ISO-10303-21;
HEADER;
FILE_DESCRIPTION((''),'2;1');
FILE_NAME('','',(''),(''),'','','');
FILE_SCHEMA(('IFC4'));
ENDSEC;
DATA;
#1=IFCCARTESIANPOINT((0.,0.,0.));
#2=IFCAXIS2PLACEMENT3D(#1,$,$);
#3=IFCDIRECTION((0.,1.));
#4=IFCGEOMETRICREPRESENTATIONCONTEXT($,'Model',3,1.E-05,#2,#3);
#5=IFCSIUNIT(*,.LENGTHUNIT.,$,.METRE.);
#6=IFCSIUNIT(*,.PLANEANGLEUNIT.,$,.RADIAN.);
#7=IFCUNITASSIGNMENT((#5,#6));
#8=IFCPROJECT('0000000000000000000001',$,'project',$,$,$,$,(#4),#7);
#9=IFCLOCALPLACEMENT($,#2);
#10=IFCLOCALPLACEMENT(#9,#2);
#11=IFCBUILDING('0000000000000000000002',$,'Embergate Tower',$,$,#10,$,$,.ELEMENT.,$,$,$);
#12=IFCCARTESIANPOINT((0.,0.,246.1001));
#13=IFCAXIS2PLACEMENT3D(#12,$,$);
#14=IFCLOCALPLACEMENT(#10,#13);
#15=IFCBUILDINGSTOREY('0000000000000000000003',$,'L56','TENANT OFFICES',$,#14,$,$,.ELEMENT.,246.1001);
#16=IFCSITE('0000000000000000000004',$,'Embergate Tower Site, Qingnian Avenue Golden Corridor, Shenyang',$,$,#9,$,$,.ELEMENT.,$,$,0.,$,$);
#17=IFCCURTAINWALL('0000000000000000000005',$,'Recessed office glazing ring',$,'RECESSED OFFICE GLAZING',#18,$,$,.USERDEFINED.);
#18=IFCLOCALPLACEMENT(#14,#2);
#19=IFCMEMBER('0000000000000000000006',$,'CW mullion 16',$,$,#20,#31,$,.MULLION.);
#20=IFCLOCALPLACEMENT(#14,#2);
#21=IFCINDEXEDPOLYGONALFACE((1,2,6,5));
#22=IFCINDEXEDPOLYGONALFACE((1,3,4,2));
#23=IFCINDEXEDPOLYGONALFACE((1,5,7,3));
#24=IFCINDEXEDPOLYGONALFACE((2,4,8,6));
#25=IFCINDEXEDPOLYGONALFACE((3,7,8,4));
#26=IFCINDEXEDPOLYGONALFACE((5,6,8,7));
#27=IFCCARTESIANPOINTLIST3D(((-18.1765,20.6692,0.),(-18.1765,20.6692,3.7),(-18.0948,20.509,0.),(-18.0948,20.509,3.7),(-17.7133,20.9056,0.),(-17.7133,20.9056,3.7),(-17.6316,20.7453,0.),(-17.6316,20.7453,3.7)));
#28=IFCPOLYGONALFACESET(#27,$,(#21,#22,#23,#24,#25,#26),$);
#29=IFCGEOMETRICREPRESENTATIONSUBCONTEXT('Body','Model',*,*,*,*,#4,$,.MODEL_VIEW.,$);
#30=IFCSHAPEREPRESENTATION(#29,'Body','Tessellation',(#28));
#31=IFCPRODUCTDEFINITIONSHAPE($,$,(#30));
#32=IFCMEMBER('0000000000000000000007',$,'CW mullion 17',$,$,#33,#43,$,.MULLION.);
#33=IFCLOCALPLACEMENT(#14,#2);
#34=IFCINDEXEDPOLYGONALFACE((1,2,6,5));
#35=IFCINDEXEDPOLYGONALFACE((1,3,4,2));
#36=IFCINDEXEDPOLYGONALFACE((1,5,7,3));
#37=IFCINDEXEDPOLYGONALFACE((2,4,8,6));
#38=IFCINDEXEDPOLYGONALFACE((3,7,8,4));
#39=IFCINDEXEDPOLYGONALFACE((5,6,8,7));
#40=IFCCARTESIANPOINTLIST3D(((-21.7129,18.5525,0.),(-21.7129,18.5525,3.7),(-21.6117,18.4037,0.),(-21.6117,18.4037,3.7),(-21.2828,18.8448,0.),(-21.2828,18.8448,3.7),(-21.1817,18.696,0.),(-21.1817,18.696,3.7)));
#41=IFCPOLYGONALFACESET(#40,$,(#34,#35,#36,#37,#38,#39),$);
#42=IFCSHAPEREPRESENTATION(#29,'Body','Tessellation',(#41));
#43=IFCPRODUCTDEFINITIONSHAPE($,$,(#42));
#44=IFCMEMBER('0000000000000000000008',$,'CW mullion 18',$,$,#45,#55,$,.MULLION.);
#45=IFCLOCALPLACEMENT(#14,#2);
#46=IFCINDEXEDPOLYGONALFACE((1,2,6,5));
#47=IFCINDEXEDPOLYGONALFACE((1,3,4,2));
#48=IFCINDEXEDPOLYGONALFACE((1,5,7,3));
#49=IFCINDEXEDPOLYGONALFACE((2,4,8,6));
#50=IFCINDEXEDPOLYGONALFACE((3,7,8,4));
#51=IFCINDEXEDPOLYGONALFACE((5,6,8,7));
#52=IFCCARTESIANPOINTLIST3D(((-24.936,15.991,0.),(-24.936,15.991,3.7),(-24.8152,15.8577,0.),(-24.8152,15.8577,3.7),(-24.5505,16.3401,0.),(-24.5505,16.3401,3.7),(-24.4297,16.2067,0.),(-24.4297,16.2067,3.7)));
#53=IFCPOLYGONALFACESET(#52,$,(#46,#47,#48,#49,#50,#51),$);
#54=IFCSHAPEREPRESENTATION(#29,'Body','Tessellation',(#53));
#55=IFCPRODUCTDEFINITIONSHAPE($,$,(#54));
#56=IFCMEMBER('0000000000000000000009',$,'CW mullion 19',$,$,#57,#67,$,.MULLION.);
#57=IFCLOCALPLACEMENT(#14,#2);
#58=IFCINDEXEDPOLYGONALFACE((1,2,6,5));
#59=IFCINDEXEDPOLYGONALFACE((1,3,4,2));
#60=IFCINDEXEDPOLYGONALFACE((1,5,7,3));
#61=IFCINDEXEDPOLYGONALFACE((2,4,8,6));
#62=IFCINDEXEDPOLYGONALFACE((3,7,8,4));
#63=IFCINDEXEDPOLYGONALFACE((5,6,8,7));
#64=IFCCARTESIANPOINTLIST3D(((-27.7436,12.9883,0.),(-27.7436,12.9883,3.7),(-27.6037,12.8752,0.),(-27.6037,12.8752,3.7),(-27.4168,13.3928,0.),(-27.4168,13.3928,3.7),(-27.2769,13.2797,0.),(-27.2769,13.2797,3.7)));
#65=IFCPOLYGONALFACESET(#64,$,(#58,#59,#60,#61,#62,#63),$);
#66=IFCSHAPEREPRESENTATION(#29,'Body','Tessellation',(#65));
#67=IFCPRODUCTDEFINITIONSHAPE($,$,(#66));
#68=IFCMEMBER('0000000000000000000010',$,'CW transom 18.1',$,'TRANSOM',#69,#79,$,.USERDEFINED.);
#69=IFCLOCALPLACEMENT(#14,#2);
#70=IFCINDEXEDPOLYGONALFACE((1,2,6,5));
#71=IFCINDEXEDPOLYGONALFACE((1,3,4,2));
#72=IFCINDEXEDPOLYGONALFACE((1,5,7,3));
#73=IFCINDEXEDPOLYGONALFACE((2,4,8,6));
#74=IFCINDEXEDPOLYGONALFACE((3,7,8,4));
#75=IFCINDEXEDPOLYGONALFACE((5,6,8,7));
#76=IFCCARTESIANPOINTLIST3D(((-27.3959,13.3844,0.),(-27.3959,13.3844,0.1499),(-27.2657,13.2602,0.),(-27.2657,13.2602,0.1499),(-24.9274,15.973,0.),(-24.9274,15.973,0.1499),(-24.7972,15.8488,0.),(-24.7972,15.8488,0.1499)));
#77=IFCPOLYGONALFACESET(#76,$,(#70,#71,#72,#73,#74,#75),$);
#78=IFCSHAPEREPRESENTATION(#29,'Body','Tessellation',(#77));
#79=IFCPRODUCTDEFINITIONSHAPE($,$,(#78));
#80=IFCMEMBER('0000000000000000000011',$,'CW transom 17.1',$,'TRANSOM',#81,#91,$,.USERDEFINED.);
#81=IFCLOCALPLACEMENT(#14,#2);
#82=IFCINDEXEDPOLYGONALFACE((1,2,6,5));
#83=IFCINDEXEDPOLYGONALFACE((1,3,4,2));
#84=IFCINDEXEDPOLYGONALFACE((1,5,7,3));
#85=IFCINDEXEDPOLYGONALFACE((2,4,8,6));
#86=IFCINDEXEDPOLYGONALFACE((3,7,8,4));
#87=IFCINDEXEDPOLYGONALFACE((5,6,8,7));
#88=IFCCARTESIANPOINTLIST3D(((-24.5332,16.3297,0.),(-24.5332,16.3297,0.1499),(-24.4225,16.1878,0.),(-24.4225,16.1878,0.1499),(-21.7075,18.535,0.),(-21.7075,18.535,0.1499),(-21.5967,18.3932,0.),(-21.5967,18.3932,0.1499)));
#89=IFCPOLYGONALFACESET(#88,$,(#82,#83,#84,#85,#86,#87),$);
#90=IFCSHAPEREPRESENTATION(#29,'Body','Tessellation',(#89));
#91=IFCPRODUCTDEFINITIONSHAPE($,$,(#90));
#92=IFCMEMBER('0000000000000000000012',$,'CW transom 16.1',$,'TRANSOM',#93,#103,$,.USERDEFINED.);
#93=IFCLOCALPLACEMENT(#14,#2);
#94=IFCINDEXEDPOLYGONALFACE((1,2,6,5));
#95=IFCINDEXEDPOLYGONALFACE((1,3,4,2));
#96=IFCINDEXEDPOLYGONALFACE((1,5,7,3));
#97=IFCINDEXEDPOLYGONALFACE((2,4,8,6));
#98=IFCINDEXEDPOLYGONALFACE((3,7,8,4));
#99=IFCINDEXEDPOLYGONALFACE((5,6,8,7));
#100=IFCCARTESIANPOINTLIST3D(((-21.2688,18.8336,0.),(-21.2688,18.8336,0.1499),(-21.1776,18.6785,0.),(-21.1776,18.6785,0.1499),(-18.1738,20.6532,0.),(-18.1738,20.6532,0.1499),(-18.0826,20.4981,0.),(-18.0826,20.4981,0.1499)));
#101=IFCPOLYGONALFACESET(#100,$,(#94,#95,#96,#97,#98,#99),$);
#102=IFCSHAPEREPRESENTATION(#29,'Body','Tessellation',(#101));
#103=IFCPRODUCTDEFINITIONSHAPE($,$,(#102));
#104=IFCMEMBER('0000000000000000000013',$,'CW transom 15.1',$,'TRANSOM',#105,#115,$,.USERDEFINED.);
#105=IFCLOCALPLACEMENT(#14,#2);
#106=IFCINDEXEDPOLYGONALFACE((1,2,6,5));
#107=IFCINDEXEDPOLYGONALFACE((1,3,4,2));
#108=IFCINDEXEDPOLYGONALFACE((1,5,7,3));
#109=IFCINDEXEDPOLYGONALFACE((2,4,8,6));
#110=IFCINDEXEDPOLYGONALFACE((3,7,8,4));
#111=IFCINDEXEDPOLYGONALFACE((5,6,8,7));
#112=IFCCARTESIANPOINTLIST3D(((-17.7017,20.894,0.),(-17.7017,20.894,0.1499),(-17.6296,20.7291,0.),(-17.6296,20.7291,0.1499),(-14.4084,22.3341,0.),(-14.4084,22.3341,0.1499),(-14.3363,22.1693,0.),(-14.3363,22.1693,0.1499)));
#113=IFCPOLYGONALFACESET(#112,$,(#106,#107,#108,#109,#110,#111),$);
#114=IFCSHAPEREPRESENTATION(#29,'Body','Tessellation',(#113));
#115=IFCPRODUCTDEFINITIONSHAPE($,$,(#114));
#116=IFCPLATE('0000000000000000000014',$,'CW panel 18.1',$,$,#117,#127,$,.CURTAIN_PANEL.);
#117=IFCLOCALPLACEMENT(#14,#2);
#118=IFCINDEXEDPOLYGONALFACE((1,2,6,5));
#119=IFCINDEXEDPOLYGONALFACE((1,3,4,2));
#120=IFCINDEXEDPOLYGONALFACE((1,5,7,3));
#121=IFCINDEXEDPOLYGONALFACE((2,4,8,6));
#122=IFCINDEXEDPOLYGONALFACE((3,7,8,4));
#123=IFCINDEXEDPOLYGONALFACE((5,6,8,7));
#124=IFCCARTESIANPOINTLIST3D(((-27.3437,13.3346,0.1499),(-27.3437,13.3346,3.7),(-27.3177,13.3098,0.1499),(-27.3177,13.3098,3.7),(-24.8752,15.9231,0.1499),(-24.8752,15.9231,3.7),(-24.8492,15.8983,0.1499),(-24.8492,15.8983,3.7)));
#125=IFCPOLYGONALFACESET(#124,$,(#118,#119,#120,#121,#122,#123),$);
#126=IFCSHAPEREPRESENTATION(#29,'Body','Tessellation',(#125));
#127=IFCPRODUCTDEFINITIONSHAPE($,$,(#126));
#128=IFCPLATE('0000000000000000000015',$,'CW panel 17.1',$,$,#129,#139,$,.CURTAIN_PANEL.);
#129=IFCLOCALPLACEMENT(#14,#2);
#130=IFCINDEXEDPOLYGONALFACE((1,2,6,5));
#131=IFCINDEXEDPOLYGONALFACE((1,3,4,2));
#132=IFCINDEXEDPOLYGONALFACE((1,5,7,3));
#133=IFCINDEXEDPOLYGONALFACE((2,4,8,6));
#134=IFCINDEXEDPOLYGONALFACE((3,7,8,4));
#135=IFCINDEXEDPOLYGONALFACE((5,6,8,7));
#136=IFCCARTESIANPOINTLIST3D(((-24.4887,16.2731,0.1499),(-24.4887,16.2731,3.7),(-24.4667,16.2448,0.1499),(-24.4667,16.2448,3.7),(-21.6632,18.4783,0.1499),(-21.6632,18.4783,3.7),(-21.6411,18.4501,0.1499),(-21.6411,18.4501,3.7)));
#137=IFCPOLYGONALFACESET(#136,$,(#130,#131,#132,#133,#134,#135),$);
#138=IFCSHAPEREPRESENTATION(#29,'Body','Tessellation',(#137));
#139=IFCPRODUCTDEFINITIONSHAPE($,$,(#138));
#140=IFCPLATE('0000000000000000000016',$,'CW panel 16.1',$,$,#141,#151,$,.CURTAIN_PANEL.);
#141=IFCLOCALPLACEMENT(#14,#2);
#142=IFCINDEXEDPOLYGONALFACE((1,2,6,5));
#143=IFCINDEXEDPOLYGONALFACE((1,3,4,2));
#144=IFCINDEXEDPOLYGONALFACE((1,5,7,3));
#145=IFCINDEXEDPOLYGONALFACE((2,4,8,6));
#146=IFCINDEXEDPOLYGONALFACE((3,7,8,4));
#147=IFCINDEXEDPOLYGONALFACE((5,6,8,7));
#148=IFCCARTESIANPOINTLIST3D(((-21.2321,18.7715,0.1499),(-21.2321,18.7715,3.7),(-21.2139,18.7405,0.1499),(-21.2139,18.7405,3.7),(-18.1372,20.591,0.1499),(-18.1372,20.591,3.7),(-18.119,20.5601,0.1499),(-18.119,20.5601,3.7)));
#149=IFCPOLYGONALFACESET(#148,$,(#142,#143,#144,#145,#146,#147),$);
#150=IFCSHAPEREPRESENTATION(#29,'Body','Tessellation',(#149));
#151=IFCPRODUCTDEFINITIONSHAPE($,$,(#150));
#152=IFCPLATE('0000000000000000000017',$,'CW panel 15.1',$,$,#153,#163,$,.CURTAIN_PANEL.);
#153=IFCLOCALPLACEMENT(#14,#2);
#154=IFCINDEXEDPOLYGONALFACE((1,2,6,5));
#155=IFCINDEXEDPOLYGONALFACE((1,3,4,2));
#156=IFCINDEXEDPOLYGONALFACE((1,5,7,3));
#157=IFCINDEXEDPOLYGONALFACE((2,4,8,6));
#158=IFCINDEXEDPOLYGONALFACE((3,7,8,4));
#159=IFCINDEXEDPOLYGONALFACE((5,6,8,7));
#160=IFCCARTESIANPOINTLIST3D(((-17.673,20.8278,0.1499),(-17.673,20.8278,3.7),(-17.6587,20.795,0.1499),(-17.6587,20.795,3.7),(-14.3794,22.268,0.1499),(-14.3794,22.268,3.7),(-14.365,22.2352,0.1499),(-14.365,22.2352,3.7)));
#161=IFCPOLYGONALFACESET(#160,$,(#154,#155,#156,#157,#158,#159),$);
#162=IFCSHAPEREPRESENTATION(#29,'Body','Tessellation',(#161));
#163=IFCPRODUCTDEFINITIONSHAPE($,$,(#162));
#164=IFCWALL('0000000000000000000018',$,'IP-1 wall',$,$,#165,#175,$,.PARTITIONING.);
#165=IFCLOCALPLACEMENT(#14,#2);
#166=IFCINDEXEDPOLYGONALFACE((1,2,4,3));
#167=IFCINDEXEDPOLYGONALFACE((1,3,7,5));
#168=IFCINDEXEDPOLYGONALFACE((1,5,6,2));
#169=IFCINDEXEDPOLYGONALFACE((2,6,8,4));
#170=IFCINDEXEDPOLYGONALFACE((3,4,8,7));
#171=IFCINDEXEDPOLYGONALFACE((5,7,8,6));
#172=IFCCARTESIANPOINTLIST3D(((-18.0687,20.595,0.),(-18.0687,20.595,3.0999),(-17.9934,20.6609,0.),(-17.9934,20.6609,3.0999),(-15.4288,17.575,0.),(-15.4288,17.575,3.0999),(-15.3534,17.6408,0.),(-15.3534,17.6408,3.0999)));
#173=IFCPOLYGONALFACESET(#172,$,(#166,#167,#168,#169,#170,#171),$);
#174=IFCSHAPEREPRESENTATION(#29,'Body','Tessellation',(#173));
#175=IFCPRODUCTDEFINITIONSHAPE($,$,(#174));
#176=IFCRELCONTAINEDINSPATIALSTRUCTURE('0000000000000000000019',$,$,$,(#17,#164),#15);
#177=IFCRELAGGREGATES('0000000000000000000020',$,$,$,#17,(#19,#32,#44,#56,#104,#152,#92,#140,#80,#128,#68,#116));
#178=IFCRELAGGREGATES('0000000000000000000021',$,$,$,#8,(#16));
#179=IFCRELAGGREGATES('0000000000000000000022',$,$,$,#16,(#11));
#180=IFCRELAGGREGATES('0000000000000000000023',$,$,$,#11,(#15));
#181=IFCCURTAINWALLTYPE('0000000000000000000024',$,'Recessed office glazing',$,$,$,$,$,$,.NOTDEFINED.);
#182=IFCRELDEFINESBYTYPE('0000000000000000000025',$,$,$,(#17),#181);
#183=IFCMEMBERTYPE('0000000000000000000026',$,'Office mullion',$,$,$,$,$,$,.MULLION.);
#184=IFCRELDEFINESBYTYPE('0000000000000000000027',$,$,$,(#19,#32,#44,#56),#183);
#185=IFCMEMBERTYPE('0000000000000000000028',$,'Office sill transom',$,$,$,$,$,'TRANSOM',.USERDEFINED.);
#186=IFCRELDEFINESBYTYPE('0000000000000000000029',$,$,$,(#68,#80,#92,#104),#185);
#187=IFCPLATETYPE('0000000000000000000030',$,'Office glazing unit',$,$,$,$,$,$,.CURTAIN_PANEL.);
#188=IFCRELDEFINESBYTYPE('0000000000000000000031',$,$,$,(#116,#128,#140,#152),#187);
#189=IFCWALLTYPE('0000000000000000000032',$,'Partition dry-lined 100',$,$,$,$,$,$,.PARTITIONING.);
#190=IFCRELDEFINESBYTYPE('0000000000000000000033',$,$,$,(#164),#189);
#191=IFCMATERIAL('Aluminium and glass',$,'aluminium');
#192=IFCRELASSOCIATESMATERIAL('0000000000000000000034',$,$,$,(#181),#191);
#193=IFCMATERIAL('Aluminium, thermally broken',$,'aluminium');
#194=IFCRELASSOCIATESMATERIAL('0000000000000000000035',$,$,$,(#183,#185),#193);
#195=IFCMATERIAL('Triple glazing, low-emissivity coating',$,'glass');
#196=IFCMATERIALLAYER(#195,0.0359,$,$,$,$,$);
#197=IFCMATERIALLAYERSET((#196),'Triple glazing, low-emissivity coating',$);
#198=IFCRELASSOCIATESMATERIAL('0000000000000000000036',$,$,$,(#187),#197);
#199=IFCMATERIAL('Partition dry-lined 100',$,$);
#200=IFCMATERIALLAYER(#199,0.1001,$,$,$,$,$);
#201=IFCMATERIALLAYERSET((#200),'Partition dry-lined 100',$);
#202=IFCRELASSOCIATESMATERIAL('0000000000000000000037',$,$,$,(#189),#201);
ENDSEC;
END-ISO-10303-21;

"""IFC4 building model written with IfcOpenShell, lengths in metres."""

from ifc_helpers import new_model, si_unit, direction, frame, frame_2d, origin, origin_2d, place, context, subcontext, project, spatial, rectangle, extrude, source, transform, mapped, material, layer, layer_set, material_profile, profile_set, type_object, element, aggregate, save


model = new_model("IFC4")

# Units and contexts
model_context = context("Model", 3, precision=1e-05, world=origin(), true_north=direction((0.0, 1.0)))
body_context = subcontext(model_context, "Body", "Model", "MODEL_VIEW")
ifc_project = project(units=[si_unit("LENGTHUNIT", "METRE"), si_unit("PLANEANGLEUNIT", "RADIAN")], contexts=[model_context])

# Site, building, storey
site_placement = place(None, origin())
site = spatial("IfcSite", under=ifc_project, at=site_placement, Name="Embergate Tower Site, Qingnian Avenue Golden Corridor, Shenyang", CompositionType="ELEMENT", RefElevation=0.0)
building_placement = place(site_placement, origin())
building = spatial("IfcBuilding", under=site, at=building_placement, Name="Embergate Tower", CompositionType="ELEMENT")
storey_placement = place(building_placement, frame((0.0, 0.0, 246.1001)))
storey = spatial("IfcBuildingStorey", under=building, at=storey_placement, Name="L56", Description="TENANT OFFICES", CompositionType="ELEMENT", Elevation=246.1001)

# Curtain wall, members, plates
ifc_material_1 = material(Name="Aluminium and glass", Category="aluminium")
curtain_wall_type = type_object("IfcCurtainWallType", Name="Recessed office glazing", PredefinedType="NOTDEFINED", material=ifc_material_1)
curtain_wall_placement = place(storey_placement, origin())
curtain_wall = element("IfcCurtainWall", 1, at=curtain_wall_placement, inside=storey, type_object=curtain_wall_type, Name="Recessed office glazing ring", ObjectType="RECESSED OFFICE GLAZING", PredefinedType="USERDEFINED")
ifc_material_2 = material(Name="Aluminium, thermally broken", Category="aluminium")
ifc_material_profile_1 = material_profile(ifc_material_2, rectangle(XDim=0.1799, YDim=0.52, at=origin_2d()), Name="AL 520x180")
ifc_profile_set_1 = profile_set([ifc_material_profile_1], Name="Aluminium, thermally broken")
member_type_1 = type_object("IfcMemberType", Name="Office mullion", PredefinedType="MULLION", material=ifc_profile_set_1)
shared_shape_1 = source(origin(), body_context, "Body", "SweptSolid", [
    extrude(rectangle(XDim=0.1799, YDim=0.52, at=origin_2d()), origin(), (0.0, 0.0, 1.0), 3.7),
])
member_1_placement = place(storey_placement, frame((-17.9041, 20.7073, 0.0), z_axis=(0.0, 0.0, 1.0), x_axis=(0.45451, -0.890742, 0.0)))
member_1 = element("IfcMember", 2, at=member_1_placement, type_object=member_type_1, Name="CW mullion 16", PredefinedType="MULLION", context=body_context, shape_type="MappedRepresentation", body=[
    mapped(shared_shape_1, transform((0.0, 0.0, 0.0))),
])
member_2_placement = place(storey_placement, frame((-21.4473, 18.6243, 0.0), z_axis=(0.0, 0.0, 1.0), x_axis=(0.562215, -0.826991, 0.0)))
member_2 = element("IfcMember", 3, at=member_2_placement, type_object=member_type_1, Name="CW mullion 17", PredefinedType="MULLION", context=body_context, shape_type="MappedRepresentation", body=[
    mapped(shared_shape_1, transform((0.0, 0.0, 0.0))),
])
member_3_placement = place(storey_placement, frame((-24.6829, 16.0989, 0.0), z_axis=(0.0, 0.0, 1.0), x_axis=(0.671224, -0.741255, 0.0)))
member_3 = element("IfcMember", 4, at=member_3_placement, type_object=member_type_1, Name="CW mullion 18", PredefinedType="MULLION", context=body_context, shape_type="MappedRepresentation", body=[
    mapped(shared_shape_1, transform((0.0, 0.0, 0.0))),
])
member_4_placement = place(storey_placement, frame((-27.5103, 13.134, 0.0), z_axis=(0.0, 0.0, 1.0), x_axis=(0.777868, -0.628427, 0.0)))
member_4 = element("IfcMember", 5, at=member_4_placement, type_object=member_type_1, Name="CW mullion 19", PredefinedType="MULLION", context=body_context, shape_type="MappedRepresentation", body=[
    mapped(shared_shape_1, transform((0.0, 0.0, 0.0))),
])
ifc_material_profile_2 = material_profile(ifc_material_2, rectangle(XDim=0.1799, YDim=0.1499, at=origin_2d()), Name="AL 150x180")
ifc_profile_set_2 = profile_set([ifc_material_profile_2], Name="Aluminium, thermally broken")
member_type_2 = type_object("IfcMemberType", Name="Office sill transom", ElementType="TRANSOM", PredefinedType="USERDEFINED", material=ifc_profile_set_2)
shared_shape_2 = source(origin(), body_context, "Body", "SweptSolid", [
    extrude(rectangle(XDim=0.1799, YDim=0.1499, at=origin_2d()), origin(), (0.0, 0.0, 1.0), 3.5769),
])
member_5_placement = place(storey_placement, frame((-24.8623, 15.9109, 0.075), z_axis=(-0.690117, -0.723698, 0.0), x_axis=(0.723698, -0.690117, 0.0)))
member_5 = element("IfcMember", 6, at=member_5_placement, type_object=member_type_2, Name="CW transom 18.1", ObjectType="TRANSOM", PredefinedType="USERDEFINED", context=body_context, shape_type="MappedRepresentation", body=[
    mapped(shared_shape_2, transform((0.0, 0.0, 0.0))),
])
shared_shape_3 = source(origin(), body_context, "Body", "SweptSolid", [
    extrude(rectangle(XDim=0.1799, YDim=0.1499, at=origin_2d()), origin(), (0.0, 0.0, 1.0), 3.5845),
])
member_6_placement = place(storey_placement, frame((-21.6521, 18.4641, 0.075), z_axis=(-0.788328, -0.615255, 0.0), x_axis=(0.615255, -0.788328, 0.0)))
member_6 = element("IfcMember", 7, at=member_6_placement, type_object=member_type_2, Name="CW transom 17.1", ObjectType="TRANSOM", PredefinedType="USERDEFINED", context=body_context, shape_type="MappedRepresentation", body=[
    mapped(shared_shape_3, transform((0.0, 0.0, 0.0))),
])
shared_shape_4 = source(origin(), body_context, "Body", "SweptSolid", [
    extrude(rectangle(XDim=0.1799, YDim=0.1499, at=origin_2d()), origin(), (0.0, 0.0, 1.0), 3.5903),
])
member_7_placement = place(storey_placement, frame((-18.1282, 20.5757, 0.075), z_axis=(-0.862055, -0.506815, 0.0), x_axis=(0.506815, -0.862055, 0.0)))
member_7 = element("IfcMember", 8, at=member_7_placement, type_object=member_type_2, Name="CW transom 16.1", ObjectType="TRANSOM", PredefinedType="USERDEFINED", context=body_context, shape_type="MappedRepresentation", body=[
    mapped(shared_shape_4, transform((0.0, 0.0, 0.0))),
])
shared_shape_5 = source(origin(), body_context, "Body", "SweptSolid", [
    extrude(rectangle(XDim=0.1799, YDim=0.1499, at=origin_2d()), origin(), (0.0, 0.0, 1.0), 3.5945),
])
member_8_placement = place(storey_placement, frame((-14.3723, 22.2517, 0.075), z_axis=(-0.916229, -0.400655, 0.0), x_axis=(0.400655, -0.916229, 0.0)))
member_8 = element("IfcMember", 9, at=member_8_placement, type_object=member_type_2, Name="CW transom 15.1", ObjectType="TRANSOM", PredefinedType="USERDEFINED", context=body_context, shape_type="MappedRepresentation", body=[
    mapped(shared_shape_5, transform((0.0, 0.0, 0.0))),
])
ifc_material_3 = material(Name="Triple glazing, low-emissivity coating", Category="glass")
ifc_layer_1 = layer(ifc_material_3, 0.0359)
ifc_layer_set_1 = layer_set([ifc_layer_1], Name="Triple glazing, low-emissivity coating")
plate_type = type_object("IfcPlateType", Name="Office glazing unit", PredefinedType="CURTAIN_PANEL", material=ifc_layer_set_1)
shared_shape_6 = source(origin(), body_context, "Body", "SweptSolid", [
    extrude(rectangle(XDim=3.5769, YDim=0.0359, at=origin_2d()), origin(), (0.0, 0.0, 1.0), 3.55),
])
plate_1_placement = place(storey_placement, frame((-26.0964, 14.6165, 0.1499), z_axis=(0.0, 0.0, 1.0), x_axis=(-0.690134, -0.723682, 0.0)))
plate_1 = element("IfcPlate", 10, at=plate_1_placement, type_object=plate_type, Name="CW panel 18.1", PredefinedType="CURTAIN_PANEL", context=body_context, shape_type="MappedRepresentation", body=[
    mapped(shared_shape_6, transform((0.0, 0.0, 0.0))),
])
shared_shape_7 = source(origin(), body_context, "Body", "SweptSolid", [
    extrude(rectangle(XDim=3.5842, YDim=0.0359, at=origin_2d()), origin(), (0.0, 0.0, 1.0), 3.55),
])
plate_2_placement = place(storey_placement, frame((-23.0649, 17.3616, 0.1499), z_axis=(0.0, 0.0, 1.0), x_axis=(-0.788319, -0.615267, 0.0)))
plate_2 = element("IfcPlate", 11, at=plate_2_placement, type_object=plate_type, Name="CW panel 17.1", PredefinedType="CURTAIN_PANEL", context=body_context, shape_type="MappedRepresentation", body=[
    mapped(shared_shape_7, transform((0.0, 0.0, 0.0))),
])
shared_shape_8 = source(origin(), body_context, "Body", "SweptSolid", [
    extrude(rectangle(XDim=3.5901, YDim=0.0359, at=origin_2d()), origin(), (0.0, 0.0, 1.0), 3.55),
])
plate_3_placement = place(storey_placement, frame((-19.6755, 19.6658, 0.1499), z_axis=(0.0, 0.0, 1.0), x_axis=(-0.862051, -0.506821, 0.0)))
plate_3 = element("IfcPlate", 12, at=plate_3_placement, type_object=plate_type, Name="CW panel 16.1", PredefinedType="CURTAIN_PANEL", context=body_context, shape_type="MappedRepresentation", body=[
    mapped(shared_shape_8, transform((0.0, 0.0, 0.0))),
])
shared_shape_9 = source(origin(), body_context, "Body", "SweptSolid", [
    extrude(rectangle(XDim=3.5947, YDim=0.0359, at=origin_2d()), origin(), (0.0, 0.0, 1.0), 3.55),
])
plate_4_placement = place(storey_placement, frame((-16.019, 21.5315, 0.1499), z_axis=(0.0, 0.0, 1.0), x_axis=(-0.916235, -0.400642, 0.0)))
plate_4 = element("IfcPlate", 13, at=plate_4_placement, type_object=plate_type, Name="CW panel 15.1", PredefinedType="CURTAIN_PANEL", context=body_context, shape_type="MappedRepresentation", body=[
    mapped(shared_shape_9, transform((0.0, 0.0, 0.0))),
])
aggregate(curtain_wall, [member_1, member_2, member_3, member_4, member_8, plate_4, member_7, plate_3, member_6, plate_2, member_5, plate_1])

# Wall
ifc_material_4 = material(Name="Partition dry-lined 100")
ifc_layer_2 = layer(ifc_material_4, 0.1001)
ifc_layer_set_2 = layer_set([ifc_layer_2], Name="Partition dry-lined 100")
wall_type = type_object("IfcWallType", Name="Partition dry-lined 100", PredefinedType="PARTITIONING", material=ifc_layer_set_2)
shared_shape_10 = source(origin(), body_context, "Body", "SweptSolid", [
    extrude(rectangle(XDim=4.0112, YDim=0.1001, at=frame_2d((2.0056, 0.0))), origin(), (0.0, 0.0, 1.0), 3.0999),
])
wall_1_placement = place(storey_placement, frame((-15.3911, 17.6079, 0.0), z_axis=(0.0, 0.0, 1.0), x_axis=(-0.658134, 0.752901, 0.0)))
element("IfcWall", 14, at=wall_1_placement, inside=storey, type_object=wall_type, Name="IP-1 wall", PredefinedType="PARTITIONING", context=body_context, shape_type="MappedRepresentation", body=[
    mapped(shared_shape_10, transform((0.0, 0.0, 0.0))),
])

save(model, "model.ifc")
